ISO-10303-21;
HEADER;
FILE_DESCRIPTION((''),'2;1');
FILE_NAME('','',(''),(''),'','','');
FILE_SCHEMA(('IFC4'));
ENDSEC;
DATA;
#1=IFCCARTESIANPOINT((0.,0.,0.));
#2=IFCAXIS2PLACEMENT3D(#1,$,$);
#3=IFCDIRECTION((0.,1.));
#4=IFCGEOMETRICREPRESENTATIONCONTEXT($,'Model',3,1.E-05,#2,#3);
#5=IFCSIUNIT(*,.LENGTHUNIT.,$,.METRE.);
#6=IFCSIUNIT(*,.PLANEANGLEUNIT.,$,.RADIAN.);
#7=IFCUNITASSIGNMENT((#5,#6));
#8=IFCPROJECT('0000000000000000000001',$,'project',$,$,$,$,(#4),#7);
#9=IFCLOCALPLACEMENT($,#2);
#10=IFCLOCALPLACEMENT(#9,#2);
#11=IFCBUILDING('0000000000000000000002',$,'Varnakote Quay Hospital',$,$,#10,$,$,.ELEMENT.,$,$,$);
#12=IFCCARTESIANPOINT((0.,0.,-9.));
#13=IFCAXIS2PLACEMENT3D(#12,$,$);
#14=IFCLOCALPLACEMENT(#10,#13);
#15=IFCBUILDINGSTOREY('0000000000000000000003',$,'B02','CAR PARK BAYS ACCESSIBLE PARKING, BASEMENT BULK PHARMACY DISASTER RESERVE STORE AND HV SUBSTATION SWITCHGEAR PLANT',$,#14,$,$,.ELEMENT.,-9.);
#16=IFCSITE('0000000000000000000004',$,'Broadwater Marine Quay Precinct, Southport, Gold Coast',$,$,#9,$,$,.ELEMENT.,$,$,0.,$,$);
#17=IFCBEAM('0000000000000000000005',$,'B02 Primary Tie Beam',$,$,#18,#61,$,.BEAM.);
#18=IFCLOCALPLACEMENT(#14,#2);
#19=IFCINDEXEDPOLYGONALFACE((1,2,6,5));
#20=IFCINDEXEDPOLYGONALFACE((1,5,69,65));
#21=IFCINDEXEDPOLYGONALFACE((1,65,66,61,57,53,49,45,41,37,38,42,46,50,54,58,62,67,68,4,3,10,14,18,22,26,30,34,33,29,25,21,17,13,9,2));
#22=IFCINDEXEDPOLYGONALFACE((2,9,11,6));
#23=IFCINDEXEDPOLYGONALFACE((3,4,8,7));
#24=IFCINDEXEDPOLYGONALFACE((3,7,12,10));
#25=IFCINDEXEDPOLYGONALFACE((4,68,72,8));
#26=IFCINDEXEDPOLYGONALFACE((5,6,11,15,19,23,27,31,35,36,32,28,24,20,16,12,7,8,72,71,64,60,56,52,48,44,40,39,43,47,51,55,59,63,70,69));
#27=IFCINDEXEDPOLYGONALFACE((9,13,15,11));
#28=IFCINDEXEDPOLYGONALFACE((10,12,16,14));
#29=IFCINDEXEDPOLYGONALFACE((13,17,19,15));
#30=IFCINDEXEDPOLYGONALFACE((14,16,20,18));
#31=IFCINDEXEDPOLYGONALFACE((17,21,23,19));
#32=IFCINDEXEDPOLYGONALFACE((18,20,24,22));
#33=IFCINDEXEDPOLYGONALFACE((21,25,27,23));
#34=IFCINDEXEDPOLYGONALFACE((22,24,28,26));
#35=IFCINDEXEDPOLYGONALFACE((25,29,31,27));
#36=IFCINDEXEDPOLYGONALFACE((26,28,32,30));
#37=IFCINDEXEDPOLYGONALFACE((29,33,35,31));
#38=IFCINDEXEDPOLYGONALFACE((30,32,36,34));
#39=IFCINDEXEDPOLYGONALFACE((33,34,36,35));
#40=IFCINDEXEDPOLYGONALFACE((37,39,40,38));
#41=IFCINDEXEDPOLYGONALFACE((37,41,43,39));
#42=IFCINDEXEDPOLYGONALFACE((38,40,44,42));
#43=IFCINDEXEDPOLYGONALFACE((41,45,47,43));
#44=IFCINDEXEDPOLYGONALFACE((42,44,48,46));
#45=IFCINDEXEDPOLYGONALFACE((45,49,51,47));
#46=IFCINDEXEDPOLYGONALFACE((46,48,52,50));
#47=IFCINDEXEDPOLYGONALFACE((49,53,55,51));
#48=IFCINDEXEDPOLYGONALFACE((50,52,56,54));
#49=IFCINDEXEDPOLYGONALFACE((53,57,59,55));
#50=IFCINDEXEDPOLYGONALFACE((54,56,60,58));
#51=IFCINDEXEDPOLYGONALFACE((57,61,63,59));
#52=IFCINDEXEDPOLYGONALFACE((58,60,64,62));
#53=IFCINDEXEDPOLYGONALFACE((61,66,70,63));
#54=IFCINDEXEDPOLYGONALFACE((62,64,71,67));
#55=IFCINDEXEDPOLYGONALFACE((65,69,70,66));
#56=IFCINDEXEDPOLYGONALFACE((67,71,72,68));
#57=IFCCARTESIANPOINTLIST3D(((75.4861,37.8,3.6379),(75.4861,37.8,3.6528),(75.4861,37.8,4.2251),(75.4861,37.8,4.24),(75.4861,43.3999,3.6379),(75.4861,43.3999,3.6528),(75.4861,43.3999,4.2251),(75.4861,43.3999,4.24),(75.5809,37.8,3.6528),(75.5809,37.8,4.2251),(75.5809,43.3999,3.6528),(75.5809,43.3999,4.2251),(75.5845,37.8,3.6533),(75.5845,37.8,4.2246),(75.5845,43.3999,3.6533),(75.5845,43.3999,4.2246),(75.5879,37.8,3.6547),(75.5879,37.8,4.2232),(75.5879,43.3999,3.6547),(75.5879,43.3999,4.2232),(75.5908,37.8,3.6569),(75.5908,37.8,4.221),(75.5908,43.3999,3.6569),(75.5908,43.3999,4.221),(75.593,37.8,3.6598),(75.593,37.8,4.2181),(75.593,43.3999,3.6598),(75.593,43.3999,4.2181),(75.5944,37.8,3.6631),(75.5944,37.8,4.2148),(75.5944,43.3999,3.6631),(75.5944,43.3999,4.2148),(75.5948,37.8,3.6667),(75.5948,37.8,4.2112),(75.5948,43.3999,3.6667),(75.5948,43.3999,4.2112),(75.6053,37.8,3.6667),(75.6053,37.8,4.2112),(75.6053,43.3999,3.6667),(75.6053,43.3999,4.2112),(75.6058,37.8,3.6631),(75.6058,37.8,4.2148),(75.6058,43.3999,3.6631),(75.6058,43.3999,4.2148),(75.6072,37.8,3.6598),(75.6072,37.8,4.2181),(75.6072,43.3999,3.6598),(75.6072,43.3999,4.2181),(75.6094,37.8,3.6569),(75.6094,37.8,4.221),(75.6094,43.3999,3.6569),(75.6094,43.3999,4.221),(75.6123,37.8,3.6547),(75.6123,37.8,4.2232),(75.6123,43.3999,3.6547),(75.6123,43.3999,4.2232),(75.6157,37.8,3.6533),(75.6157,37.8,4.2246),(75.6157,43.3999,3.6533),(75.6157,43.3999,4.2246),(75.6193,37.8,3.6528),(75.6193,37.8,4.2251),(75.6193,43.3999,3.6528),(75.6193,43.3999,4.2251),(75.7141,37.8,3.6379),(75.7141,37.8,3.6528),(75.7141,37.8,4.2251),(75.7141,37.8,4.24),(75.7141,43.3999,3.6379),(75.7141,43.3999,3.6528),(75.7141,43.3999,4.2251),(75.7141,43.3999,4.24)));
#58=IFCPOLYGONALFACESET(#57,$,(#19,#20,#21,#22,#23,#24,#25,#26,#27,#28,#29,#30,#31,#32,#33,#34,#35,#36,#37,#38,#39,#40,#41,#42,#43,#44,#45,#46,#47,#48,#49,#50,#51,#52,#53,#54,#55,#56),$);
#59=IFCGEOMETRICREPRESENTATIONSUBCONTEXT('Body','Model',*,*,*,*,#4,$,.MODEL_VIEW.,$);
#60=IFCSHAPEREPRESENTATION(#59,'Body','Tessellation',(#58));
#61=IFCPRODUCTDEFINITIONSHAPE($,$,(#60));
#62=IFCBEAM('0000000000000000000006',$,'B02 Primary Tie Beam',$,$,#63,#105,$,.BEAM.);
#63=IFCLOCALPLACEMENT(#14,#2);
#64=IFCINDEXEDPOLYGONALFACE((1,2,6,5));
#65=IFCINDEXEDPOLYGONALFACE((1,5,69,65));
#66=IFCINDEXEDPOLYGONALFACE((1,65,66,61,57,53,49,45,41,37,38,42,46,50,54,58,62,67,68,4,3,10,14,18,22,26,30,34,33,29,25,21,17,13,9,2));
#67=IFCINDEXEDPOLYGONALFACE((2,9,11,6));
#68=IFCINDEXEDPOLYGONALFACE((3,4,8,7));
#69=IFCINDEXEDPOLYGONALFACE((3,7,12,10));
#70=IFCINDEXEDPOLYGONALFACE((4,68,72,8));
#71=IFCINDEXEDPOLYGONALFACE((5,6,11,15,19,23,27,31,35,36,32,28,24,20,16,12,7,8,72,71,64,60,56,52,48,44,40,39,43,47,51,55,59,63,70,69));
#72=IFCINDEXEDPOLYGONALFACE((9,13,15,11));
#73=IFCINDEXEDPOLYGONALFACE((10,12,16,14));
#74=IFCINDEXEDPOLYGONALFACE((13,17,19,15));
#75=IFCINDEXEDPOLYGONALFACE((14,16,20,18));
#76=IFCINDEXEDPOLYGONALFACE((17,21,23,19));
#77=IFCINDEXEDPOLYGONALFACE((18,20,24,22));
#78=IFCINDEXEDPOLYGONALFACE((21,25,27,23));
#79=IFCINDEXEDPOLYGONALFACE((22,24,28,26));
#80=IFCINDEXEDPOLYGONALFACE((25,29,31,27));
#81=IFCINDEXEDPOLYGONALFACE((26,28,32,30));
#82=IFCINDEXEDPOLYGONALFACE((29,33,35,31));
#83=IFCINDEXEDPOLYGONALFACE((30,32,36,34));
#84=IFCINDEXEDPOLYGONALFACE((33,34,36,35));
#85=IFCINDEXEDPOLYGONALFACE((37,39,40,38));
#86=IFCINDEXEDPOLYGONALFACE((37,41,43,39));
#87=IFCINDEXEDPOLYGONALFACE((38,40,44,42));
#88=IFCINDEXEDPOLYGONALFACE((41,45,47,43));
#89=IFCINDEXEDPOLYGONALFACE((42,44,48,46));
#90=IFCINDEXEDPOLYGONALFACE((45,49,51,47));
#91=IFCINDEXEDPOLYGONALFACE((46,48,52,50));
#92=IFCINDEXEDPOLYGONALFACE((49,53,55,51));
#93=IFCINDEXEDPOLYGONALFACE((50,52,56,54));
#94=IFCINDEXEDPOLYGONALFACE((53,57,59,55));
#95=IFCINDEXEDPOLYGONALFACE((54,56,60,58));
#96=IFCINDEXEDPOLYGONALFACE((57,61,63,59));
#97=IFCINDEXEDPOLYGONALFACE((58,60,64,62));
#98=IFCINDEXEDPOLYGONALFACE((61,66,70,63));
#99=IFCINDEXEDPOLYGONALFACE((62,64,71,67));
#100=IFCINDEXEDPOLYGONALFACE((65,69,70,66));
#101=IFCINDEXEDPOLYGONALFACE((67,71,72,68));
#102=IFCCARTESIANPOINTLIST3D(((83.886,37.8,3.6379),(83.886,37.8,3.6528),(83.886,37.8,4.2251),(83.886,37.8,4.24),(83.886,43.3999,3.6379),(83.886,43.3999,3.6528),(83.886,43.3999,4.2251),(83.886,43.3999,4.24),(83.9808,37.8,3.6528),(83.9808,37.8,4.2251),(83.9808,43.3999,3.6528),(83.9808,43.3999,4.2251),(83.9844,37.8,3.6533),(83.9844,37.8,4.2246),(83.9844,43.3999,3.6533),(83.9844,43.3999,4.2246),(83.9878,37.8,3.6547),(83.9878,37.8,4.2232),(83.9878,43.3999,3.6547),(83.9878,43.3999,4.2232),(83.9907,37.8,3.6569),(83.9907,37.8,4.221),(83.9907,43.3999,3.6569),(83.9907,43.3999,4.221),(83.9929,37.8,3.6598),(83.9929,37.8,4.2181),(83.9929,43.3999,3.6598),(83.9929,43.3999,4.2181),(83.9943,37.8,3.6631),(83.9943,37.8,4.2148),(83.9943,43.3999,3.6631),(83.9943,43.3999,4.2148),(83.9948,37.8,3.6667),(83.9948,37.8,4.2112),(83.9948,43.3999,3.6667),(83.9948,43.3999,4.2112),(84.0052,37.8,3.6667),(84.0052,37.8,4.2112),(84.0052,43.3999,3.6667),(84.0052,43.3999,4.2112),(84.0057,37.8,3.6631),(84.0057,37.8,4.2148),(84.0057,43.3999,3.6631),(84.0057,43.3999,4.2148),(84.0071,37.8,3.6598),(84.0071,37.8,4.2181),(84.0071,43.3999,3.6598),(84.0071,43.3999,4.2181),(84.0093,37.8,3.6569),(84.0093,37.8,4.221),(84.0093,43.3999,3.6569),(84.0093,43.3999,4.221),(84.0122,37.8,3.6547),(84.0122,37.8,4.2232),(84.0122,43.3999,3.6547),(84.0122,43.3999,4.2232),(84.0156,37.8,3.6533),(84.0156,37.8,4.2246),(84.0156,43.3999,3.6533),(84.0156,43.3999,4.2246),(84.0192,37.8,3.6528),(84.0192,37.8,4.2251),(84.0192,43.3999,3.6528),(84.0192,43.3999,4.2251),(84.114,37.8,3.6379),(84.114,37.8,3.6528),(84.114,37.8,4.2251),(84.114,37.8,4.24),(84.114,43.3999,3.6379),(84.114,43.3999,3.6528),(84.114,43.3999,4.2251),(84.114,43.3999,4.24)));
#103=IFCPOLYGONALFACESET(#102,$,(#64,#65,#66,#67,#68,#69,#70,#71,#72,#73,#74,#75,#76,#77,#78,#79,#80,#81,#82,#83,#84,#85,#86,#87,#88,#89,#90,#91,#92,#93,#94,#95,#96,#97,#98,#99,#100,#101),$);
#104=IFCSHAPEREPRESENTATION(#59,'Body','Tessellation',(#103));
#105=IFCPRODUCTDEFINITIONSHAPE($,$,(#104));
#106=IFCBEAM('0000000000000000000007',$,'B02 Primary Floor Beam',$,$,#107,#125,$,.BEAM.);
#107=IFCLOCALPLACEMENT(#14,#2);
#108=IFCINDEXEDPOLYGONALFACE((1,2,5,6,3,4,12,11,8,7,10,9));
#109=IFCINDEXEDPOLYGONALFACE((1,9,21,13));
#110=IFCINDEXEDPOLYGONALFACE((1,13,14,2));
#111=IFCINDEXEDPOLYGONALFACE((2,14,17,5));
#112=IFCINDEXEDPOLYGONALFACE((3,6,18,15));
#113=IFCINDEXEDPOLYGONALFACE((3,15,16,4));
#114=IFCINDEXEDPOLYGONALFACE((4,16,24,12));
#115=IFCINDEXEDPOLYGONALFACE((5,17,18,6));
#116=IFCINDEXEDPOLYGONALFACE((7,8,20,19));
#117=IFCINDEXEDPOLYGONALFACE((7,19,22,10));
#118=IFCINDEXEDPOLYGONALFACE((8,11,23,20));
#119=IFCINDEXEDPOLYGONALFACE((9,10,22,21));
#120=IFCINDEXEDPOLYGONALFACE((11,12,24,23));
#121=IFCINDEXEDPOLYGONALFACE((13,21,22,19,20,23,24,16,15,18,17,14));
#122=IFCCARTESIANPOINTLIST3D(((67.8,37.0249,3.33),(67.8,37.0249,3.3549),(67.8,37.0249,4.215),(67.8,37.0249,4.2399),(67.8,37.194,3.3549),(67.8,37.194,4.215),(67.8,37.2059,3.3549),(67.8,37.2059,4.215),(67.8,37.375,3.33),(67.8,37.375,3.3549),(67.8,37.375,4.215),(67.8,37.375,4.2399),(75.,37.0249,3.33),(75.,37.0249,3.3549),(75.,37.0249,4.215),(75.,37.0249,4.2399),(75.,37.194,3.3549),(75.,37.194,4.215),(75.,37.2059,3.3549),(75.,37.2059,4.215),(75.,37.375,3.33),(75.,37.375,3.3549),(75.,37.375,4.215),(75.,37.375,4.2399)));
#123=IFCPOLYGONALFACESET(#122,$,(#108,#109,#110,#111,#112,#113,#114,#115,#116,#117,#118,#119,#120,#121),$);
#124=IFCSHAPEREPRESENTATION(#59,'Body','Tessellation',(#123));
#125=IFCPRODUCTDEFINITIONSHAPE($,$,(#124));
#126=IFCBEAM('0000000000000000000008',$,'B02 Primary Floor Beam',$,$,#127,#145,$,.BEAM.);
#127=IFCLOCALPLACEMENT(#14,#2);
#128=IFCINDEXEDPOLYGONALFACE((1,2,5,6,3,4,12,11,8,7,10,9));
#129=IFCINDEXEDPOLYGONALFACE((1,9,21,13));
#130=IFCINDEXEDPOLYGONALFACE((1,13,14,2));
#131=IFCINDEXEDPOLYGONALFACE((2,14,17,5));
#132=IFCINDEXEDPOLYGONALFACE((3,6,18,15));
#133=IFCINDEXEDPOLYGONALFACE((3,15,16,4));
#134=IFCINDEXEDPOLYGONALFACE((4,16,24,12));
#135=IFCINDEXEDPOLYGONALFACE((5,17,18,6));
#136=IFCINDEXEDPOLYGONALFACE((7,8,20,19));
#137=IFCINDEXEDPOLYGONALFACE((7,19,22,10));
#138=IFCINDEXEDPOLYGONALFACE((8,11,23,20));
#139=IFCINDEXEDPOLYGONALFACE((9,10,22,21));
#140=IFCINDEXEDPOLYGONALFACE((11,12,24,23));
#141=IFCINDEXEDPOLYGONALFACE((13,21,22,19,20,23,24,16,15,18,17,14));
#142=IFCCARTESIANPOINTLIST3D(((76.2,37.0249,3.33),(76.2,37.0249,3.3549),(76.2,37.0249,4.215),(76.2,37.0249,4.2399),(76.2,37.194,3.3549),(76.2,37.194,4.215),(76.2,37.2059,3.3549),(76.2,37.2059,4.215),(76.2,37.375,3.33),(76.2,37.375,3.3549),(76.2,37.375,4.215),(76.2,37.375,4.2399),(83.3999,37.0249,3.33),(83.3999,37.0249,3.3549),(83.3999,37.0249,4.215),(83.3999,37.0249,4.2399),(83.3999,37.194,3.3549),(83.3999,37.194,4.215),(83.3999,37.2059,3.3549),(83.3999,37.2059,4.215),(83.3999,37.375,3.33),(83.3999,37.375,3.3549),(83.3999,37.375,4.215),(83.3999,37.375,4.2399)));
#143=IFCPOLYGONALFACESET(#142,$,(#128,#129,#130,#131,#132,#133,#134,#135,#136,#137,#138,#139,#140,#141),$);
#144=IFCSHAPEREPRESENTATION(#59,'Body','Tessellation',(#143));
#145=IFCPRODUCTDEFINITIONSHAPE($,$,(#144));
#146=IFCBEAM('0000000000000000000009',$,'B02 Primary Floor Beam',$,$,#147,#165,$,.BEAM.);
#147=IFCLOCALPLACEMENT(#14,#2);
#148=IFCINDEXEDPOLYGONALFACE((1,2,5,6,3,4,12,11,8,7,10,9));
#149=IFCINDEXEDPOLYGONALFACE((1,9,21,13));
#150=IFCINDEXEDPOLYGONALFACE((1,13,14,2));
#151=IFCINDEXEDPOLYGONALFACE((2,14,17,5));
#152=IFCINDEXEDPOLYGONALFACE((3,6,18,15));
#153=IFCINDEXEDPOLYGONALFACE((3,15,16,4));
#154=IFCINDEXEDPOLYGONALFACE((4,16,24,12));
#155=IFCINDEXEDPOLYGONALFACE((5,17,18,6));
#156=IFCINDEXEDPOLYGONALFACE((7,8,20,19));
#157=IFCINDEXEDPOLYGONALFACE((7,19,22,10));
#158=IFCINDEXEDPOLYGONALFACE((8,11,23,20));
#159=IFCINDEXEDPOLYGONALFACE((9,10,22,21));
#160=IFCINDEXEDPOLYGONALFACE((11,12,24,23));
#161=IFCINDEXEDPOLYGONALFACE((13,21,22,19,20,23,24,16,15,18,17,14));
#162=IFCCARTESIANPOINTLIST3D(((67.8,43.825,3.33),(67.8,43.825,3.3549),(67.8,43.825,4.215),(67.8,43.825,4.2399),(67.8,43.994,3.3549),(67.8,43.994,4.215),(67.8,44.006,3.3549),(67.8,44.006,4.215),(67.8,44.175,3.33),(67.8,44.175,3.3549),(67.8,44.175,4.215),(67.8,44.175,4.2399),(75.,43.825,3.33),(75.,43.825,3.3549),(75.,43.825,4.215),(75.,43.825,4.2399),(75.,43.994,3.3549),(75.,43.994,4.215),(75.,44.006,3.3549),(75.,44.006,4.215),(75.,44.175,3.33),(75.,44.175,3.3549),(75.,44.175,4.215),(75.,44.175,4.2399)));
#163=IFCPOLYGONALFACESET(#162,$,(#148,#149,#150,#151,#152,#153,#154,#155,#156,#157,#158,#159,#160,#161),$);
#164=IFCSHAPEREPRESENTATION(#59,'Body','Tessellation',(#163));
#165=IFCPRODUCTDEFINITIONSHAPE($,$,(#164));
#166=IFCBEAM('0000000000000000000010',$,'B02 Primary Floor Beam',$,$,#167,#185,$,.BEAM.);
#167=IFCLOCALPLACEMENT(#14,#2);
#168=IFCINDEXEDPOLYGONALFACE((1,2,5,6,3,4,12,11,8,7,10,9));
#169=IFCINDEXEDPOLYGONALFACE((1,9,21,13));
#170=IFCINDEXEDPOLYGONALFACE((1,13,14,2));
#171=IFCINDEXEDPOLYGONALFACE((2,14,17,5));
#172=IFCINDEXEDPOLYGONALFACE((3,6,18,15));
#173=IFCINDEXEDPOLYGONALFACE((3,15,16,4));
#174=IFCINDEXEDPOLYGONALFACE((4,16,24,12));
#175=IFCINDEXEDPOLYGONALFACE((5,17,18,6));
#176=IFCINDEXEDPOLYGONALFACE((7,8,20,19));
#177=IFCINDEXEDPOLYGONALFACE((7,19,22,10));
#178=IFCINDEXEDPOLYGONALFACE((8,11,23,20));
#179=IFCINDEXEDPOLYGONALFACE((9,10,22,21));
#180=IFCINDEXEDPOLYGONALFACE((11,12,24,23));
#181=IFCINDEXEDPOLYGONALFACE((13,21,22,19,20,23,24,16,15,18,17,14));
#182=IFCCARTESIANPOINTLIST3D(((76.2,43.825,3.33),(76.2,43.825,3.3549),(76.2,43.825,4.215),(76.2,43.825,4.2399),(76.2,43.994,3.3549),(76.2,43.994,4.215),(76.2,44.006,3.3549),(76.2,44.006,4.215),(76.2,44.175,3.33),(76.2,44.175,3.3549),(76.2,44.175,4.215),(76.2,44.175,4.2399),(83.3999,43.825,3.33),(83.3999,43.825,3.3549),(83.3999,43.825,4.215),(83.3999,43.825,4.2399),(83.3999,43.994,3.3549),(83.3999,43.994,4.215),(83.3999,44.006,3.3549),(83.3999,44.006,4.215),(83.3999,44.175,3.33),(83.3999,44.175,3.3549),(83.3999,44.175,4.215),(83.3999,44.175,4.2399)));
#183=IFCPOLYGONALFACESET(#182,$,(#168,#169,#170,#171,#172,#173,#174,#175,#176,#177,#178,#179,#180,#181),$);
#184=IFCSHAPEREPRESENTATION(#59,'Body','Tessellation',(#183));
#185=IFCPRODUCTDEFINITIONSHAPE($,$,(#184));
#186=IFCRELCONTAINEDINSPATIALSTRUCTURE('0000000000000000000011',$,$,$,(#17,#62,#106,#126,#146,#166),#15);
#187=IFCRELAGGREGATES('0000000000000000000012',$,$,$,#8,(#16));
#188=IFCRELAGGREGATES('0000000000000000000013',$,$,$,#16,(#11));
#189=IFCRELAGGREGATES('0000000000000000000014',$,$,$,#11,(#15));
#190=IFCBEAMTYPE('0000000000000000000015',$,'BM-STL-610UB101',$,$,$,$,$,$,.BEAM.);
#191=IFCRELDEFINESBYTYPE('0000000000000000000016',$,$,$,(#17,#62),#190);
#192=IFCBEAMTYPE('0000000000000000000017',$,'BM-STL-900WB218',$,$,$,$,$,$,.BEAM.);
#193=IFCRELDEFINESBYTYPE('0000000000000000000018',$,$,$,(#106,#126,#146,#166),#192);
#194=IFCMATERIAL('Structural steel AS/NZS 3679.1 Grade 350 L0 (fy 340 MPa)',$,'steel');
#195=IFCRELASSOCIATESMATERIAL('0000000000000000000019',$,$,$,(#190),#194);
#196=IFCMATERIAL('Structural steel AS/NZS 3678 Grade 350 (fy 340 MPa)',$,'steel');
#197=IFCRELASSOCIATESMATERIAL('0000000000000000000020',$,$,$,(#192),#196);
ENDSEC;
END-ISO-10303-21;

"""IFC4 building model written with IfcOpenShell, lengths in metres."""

from ifc_helpers import new_model, si_unit, direction, frame, origin, origin_2d, place, context, subcontext, project, spatial, i_section, extrude, material, material_profile, profile_set, type_object, element, save


model = new_model("IFC4")

# Units and contexts
model_context = context("Model", 3, precision=1e-05, world=origin(), true_north=direction((0.0, 1.0)))
body_context = subcontext(model_context, "Body", "Model", "MODEL_VIEW")
ifc_project = project(units=[si_unit("LENGTHUNIT", "METRE"), si_unit("PLANEANGLEUNIT", "RADIAN")], contexts=[model_context])

# Site, building, storey
site_placement = place(None, origin())
site = spatial("IfcSite", under=ifc_project, at=site_placement, Name="Broadwater Marine Quay Precinct, Southport, Gold Coast", CompositionType="ELEMENT", RefElevation=0.0)
building_placement = place(site_placement, origin())
building = spatial("IfcBuilding", under=site, at=building_placement, Name="Varnakote Quay Hospital", CompositionType="ELEMENT")
storey_placement = place(building_placement, frame((0.0, 0.0, -9.0)))
storey = spatial("IfcBuildingStorey", under=building, at=storey_placement, Name="B02", Description="CAR PARK BAYS ACCESSIBLE PARKING, BASEMENT BULK PHARMACY DISASTER RESERVE STORE AND HV SUBSTATION SWITCHGEAR PLANT", CompositionType="ELEMENT", Elevation=-9.0)

# Beams
ifc_material_1 = material(Name="Structural steel AS/NZS 3679.1 Grade 350 L0 (fy 340 MPa)", Category="steel")
ifc_material_profile_1 = material_profile(ifc_material_1, i_section(OverallWidth=0.228, OverallDepth=0.6021, WebThickness=0.0105, FlangeThickness=0.0149, FilletRadius=0.0139, at=origin_2d()), Name="610UB101")
ifc_profile_set_1 = profile_set([ifc_material_profile_1], Name="Structural steel AS/NZS 3679.1 Grade 350 L0 (fy 340 MPa)")
beam_type_1 = type_object("IfcBeamType", Name="BM-STL-610UB101", PredefinedType="BEAM", material=ifc_profile_set_1)
for number, where, z_axis, x_axis, name in (
    (1, (75.6001, 37.8, 3.939), (0.0, 1.0, 0.0), (-1.0, 0.0, 0.0), "B02 Primary Tie Beam"),
    (2, (84.0, 37.8, 3.939), (0.0, 1.0, 0.0), (-1.0, 0.0, 0.0), "B02 Primary Tie Beam"),
):
    element("IfcBeam", number, at=place(storey_placement, frame(where, z_axis=z_axis, x_axis=x_axis)), inside=storey, type_object=beam_type_1, Name=name, PredefinedType="BEAM", context=body_context, shape_type="SweptSolid", body=[
        extrude(i_section(OverallWidth=0.228, OverallDepth=0.6021, WebThickness=0.0105, FlangeThickness=0.0149, FilletRadius=0.0139, at=origin_2d()), origin(), (0.0, 0.0, 1.0), 5.5999),
    ])
ifc_material_2 = material(Name="Structural steel AS/NZS 3678 Grade 350 (fy 340 MPa)", Category="steel")
ifc_material_profile_2 = material_profile(ifc_material_2, i_section(OverallWidth=0.3501, OverallDepth=0.9099, WebThickness=0.012, FlangeThickness=0.0249, at=origin_2d()), Name="900WB218")
ifc_profile_set_2 = profile_set([ifc_material_profile_2], Name="Structural steel AS/NZS 3678 Grade 350 (fy 340 MPa)")
beam_type_2 = type_object("IfcBeamType", Name="BM-STL-900WB218", PredefinedType="BEAM", material=ifc_profile_set_2)
for number, where, z_axis, x_axis, name in (
    (3, (67.8, 37.2, 3.7849), (1.0, 0.0, 0.0), (0.0, 1.0, 0.0), "B02 Primary Floor Beam"),
    (4, (76.2, 37.2, 3.7849), (1.0, 0.0, 0.0), (0.0, 1.0, 0.0), "B02 Primary Floor Beam"),
    (5, (67.8, 44.0, 3.7849), (1.0, 0.0, 0.0), (0.0, 1.0, 0.0), "B02 Primary Floor Beam"),
    (6, (76.2, 44.0, 3.7849), (1.0, 0.0, 0.0), (0.0, 1.0, 0.0), "B02 Primary Floor Beam"),
):
    element("IfcBeam", number, at=place(storey_placement, frame(where, z_axis=z_axis, x_axis=x_axis)), inside=storey, type_object=beam_type_2, Name=name, PredefinedType="BEAM", context=body_context, shape_type="SweptSolid", body=[
        extrude(i_section(OverallWidth=0.3501, OverallDepth=0.9099, WebThickness=0.012, FlangeThickness=0.0249, at=origin_2d()), origin(), (0.0, 0.0, 1.0), 7.2),
    ])

save(model, "model.ifc")
